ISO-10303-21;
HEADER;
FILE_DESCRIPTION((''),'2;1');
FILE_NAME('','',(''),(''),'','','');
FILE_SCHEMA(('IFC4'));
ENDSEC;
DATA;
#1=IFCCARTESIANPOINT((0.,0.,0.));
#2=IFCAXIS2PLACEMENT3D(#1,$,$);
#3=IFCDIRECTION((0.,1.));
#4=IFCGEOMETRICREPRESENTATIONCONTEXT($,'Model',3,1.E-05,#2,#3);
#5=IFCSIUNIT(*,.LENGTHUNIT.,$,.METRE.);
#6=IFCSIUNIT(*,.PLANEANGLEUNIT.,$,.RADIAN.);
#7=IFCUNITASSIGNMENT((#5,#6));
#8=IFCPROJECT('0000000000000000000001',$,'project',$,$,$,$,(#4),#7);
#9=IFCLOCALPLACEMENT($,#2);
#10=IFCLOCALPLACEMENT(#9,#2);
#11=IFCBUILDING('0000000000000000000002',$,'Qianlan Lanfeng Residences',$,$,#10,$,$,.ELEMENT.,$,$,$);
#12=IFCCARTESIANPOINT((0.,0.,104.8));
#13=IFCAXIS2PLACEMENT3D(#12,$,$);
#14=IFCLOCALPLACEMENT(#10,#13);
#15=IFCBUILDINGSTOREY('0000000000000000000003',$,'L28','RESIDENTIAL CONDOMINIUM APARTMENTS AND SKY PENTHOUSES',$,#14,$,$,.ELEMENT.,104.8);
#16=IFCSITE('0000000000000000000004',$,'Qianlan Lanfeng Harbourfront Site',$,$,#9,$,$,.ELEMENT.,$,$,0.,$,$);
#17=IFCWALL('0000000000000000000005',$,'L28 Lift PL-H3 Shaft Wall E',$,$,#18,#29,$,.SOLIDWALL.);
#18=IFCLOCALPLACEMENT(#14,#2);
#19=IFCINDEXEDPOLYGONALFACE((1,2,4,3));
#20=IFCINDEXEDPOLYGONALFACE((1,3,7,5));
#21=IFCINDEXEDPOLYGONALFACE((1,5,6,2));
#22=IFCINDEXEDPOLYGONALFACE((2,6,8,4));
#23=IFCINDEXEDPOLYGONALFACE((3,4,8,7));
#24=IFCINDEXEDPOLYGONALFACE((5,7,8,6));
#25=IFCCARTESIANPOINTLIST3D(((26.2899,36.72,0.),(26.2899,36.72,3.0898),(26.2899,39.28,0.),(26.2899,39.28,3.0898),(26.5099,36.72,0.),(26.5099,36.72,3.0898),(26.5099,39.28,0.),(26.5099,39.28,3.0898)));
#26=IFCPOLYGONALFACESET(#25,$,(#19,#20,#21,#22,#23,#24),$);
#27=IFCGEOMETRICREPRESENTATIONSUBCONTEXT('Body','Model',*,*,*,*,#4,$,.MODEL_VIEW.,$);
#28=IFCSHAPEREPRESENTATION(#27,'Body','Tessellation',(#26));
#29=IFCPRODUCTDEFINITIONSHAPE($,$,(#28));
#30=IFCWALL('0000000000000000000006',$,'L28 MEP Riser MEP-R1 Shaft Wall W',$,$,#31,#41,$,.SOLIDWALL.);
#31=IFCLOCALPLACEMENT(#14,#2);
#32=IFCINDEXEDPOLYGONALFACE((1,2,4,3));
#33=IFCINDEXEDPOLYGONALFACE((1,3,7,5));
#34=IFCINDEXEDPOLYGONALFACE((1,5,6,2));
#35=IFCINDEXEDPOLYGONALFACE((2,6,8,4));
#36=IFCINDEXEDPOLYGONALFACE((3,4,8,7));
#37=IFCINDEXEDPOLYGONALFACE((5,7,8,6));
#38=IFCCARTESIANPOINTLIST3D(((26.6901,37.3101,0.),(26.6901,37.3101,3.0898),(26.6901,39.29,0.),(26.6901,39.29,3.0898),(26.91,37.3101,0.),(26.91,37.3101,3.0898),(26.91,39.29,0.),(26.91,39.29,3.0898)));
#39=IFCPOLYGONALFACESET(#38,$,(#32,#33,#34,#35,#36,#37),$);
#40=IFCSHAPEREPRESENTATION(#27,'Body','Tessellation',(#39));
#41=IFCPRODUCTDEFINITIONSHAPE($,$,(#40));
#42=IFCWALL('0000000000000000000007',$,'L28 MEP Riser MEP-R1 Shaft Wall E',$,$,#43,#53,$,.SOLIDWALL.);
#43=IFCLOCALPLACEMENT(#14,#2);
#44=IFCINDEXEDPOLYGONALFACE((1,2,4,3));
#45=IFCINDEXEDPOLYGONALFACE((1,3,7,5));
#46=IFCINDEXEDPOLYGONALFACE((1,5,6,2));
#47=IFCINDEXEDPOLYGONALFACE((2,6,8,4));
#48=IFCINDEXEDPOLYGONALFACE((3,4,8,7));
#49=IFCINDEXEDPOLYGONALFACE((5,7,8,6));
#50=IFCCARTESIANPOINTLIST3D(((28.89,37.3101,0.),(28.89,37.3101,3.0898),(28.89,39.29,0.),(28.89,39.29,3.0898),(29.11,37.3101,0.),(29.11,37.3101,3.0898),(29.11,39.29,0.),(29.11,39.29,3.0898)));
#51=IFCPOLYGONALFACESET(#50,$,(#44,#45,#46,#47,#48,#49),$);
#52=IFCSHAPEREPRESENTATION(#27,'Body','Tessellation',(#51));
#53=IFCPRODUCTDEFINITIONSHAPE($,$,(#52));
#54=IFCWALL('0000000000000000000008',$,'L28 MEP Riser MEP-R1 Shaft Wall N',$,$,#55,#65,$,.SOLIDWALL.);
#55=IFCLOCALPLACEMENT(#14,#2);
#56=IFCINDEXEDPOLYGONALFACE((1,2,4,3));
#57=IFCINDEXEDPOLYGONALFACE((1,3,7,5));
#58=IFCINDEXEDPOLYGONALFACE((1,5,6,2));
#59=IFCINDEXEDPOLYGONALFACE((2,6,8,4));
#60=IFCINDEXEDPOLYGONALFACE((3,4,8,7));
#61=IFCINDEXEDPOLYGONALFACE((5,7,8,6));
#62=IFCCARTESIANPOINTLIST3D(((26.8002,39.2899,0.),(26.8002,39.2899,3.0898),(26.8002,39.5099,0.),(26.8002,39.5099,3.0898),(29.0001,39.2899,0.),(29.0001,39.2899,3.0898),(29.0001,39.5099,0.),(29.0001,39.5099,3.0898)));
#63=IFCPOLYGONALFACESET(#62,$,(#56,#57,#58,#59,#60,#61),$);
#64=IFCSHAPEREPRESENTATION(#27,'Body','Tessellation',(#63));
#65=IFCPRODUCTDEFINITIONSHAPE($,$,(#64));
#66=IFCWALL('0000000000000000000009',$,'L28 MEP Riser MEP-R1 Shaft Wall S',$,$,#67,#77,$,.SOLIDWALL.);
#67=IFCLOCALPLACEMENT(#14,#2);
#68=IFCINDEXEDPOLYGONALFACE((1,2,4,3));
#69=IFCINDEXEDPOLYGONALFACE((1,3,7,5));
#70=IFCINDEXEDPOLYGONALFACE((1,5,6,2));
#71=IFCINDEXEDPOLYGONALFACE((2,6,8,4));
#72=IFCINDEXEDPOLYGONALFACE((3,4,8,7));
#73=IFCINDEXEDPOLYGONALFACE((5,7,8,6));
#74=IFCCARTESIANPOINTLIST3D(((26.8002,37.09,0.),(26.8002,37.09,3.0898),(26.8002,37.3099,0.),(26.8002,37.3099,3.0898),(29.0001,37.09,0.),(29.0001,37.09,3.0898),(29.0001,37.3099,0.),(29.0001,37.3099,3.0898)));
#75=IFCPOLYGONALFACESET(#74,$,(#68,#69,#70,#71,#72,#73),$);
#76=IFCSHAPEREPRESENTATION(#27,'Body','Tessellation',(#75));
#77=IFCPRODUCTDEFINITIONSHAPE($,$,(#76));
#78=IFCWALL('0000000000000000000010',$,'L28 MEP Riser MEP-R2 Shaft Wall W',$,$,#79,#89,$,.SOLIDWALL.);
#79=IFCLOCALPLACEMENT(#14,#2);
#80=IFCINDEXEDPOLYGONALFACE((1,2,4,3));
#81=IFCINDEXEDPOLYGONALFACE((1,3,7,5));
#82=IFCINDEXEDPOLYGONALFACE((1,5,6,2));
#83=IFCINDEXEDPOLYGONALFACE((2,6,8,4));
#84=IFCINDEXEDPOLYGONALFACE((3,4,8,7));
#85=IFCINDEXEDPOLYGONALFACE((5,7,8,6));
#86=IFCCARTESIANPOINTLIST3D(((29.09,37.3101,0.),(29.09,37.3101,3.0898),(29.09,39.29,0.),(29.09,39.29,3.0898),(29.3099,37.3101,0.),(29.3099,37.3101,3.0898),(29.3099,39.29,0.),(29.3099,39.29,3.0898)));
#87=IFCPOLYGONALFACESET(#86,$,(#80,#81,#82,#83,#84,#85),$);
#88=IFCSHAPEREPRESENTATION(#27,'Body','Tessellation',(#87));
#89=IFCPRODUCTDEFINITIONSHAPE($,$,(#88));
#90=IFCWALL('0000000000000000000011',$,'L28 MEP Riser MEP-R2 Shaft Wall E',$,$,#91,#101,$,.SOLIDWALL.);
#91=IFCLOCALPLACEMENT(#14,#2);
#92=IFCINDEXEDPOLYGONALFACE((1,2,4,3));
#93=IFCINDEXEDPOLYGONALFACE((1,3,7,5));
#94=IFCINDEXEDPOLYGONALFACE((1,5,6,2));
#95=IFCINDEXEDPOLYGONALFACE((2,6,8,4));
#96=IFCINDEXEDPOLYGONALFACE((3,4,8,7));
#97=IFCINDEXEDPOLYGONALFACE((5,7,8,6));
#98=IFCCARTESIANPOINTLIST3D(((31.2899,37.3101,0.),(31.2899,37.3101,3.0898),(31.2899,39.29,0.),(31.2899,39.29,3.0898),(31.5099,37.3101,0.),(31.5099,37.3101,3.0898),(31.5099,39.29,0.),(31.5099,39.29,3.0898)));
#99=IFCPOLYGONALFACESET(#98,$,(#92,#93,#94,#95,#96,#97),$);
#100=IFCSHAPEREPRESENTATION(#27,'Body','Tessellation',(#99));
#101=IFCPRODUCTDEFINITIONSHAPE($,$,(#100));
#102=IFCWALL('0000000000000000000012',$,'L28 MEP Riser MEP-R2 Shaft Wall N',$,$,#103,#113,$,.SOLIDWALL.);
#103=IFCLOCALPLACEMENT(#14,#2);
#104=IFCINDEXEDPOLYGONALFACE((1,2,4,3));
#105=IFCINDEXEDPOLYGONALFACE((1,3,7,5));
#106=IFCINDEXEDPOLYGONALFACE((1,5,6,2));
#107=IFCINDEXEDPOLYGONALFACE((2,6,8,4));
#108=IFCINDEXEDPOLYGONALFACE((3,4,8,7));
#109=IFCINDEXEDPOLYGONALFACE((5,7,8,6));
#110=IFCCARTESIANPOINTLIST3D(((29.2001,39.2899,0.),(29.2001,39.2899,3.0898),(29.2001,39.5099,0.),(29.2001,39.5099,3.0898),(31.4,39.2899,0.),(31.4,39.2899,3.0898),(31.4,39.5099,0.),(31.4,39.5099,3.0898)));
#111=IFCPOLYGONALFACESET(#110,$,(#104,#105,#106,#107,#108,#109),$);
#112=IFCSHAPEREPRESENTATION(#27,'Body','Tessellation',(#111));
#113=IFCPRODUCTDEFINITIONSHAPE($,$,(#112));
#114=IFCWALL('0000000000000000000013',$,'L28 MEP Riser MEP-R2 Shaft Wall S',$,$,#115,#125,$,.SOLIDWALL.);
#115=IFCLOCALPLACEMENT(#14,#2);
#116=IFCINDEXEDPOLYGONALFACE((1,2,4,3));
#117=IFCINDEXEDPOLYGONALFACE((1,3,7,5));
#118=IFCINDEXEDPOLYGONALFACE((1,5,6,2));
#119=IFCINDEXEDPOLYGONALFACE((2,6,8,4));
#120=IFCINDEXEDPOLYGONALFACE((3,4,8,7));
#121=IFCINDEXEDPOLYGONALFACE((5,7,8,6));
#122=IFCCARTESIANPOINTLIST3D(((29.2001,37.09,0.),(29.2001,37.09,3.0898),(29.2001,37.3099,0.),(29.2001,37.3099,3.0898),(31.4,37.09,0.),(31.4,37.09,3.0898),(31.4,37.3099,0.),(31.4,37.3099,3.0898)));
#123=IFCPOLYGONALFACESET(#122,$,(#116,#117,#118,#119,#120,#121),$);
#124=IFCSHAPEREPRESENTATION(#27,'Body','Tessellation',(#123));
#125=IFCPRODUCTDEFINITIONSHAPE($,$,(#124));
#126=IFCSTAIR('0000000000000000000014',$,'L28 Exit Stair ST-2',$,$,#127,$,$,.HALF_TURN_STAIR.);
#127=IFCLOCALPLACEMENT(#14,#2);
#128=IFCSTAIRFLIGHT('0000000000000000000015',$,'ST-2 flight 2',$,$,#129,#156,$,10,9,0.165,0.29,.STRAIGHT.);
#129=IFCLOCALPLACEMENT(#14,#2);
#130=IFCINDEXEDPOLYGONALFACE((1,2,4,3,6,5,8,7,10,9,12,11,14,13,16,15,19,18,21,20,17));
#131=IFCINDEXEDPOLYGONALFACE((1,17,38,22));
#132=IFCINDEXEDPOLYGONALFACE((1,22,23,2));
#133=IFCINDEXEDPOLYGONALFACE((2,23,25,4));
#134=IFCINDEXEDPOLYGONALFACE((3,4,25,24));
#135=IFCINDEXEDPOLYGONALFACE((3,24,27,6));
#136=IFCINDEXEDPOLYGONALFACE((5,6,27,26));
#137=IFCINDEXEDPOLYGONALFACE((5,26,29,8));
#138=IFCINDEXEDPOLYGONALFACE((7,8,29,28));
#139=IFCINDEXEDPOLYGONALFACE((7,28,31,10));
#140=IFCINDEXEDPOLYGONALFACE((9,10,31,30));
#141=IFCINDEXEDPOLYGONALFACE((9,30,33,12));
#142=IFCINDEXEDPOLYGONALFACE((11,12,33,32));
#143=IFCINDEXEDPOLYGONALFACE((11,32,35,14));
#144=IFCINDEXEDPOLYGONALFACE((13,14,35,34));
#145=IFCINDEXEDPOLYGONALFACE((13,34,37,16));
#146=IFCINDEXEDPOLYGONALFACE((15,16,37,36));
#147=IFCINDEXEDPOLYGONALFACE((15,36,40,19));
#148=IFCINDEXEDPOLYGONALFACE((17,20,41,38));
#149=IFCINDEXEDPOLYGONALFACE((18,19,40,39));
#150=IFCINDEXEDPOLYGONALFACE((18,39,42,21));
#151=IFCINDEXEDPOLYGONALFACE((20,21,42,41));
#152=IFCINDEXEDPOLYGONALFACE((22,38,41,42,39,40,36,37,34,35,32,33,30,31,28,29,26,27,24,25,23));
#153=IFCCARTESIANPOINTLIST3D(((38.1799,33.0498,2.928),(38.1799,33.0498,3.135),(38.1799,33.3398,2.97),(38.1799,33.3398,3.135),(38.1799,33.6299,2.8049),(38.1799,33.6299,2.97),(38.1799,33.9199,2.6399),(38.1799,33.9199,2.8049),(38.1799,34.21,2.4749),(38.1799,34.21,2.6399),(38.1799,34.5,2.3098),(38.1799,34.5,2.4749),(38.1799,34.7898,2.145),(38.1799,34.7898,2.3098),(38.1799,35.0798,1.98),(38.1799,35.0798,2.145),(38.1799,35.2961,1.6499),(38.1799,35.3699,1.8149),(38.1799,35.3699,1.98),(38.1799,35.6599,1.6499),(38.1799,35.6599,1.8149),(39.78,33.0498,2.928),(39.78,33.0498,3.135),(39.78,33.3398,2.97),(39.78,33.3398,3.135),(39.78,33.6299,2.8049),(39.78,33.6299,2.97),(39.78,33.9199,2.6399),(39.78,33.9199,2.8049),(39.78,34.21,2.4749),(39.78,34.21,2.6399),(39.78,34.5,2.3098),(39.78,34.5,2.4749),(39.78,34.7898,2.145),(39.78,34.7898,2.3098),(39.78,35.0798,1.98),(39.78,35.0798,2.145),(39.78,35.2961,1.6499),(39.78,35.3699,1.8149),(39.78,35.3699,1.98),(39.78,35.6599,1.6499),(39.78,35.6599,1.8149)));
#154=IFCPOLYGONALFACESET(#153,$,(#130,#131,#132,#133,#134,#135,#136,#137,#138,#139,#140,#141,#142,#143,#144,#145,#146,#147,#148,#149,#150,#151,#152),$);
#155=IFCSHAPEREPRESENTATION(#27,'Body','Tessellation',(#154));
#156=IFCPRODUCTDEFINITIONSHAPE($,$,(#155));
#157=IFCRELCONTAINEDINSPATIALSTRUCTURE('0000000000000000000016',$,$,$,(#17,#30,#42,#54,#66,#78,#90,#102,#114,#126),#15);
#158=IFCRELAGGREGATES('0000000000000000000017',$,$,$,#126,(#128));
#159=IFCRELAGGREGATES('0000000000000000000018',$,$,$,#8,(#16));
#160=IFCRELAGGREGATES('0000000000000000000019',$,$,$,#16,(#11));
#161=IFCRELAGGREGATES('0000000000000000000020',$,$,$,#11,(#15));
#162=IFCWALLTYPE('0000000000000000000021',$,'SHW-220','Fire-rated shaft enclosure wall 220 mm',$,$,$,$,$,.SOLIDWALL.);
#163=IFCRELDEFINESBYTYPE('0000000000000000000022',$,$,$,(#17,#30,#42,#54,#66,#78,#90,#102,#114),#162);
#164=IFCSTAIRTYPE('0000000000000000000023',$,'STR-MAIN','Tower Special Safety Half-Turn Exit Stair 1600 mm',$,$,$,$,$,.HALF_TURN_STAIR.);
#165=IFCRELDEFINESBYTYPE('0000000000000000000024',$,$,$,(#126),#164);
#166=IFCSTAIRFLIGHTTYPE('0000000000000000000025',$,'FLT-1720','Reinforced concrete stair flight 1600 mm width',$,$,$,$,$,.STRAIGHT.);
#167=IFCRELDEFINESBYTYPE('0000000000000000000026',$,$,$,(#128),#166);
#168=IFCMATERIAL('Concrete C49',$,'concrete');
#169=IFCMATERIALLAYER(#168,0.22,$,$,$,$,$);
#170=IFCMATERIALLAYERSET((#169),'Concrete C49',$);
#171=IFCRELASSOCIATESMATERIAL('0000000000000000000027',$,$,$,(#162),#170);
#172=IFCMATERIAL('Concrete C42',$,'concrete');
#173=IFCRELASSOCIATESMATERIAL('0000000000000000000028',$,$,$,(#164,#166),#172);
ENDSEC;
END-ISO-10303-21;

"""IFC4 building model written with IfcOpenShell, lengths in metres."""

from ifc_helpers import new_model, si_unit, direction, frame, frame_2d, origin, place, context, subcontext, project, spatial, polyline, rectangle, outline, extrude, material, layer, layer_set, type_object, element, aggregate, save


model = new_model("IFC4")

# Units and contexts
model_context = context("Model", 3, precision=1e-05, world=origin(), true_north=direction((0.0, 1.0)))
body_context = subcontext(model_context, "Body", "Model", "MODEL_VIEW")
ifc_project = project(units=[si_unit("LENGTHUNIT", "METRE"), si_unit("PLANEANGLEUNIT", "RADIAN")], contexts=[model_context])

# Site, building, storey
site_placement = place(None, origin())
site = spatial("IfcSite", under=ifc_project, at=site_placement, Name="Qianlan Lanfeng Harbourfront Site", CompositionType="ELEMENT", RefElevation=0.0)
building_placement = place(site_placement, origin())
building = spatial("IfcBuilding", under=site, at=building_placement, Name="Qianlan Lanfeng Residences", CompositionType="ELEMENT")
storey_placement = place(building_placement, frame((0.0, 0.0, 104.8)))
storey = spatial("IfcBuildingStorey", under=building, at=storey_placement, Name="L28", Description="RESIDENTIAL CONDOMINIUM APARTMENTS AND SKY PENTHOUSES", CompositionType="ELEMENT", Elevation=104.8)

# Walls
ifc_material_1 = material(Name="Concrete C49", Category="concrete")
ifc_layer_1 = layer(ifc_material_1, 0.22)
ifc_layer_set_1 = layer_set([ifc_layer_1], Name="Concrete C49")
wall_type_1 = type_object("IfcWallType", Name="SHW-220", Description="Fire-rated shaft enclosure wall 220 mm", PredefinedType="SOLIDWALL", material=ifc_layer_set_1)
for number, where, z_axis, x_axis, name in (
    (1, (26.3999, 36.72, 0.0), (0.0, 0.0, 1.0), (0.0, 1.0, 0.0), "L28 Lift PL-H3 Shaft Wall E"),
):
    element("IfcWall", number, at=place(storey_placement, frame(where, z_axis=z_axis, x_axis=x_axis)), inside=storey, type_object=wall_type_1, Name=name, PredefinedType="SOLIDWALL", context=body_context, shape_type="SweptSolid", body=[
        extrude(rectangle(XDim=2.5601, YDim=0.22, at=frame_2d((1.28, 0.0))), origin(), (0.0, 0.0, 1.0), 3.0898),
    ])
for number, where, z_axis, x_axis, name in (
    (2, (26.8, 37.3101, 0.0), (0.0, 0.0, 1.0), (0.0, 1.0, 0.0), "L28 MEP Riser MEP-R1 Shaft Wall W"),
    (3, (29.0, 37.3101, 0.0), (0.0, 0.0, 1.0), (0.0, 1.0, 0.0), "L28 MEP Riser MEP-R1 Shaft Wall E"),
):
    element("IfcWall", number, at=place(storey_placement, frame(where, z_axis=z_axis, x_axis=x_axis)), inside=storey, type_object=wall_type_1, Name=name, PredefinedType="SOLIDWALL", context=body_context, shape_type="SweptSolid", body=[
        extrude(rectangle(XDim=1.98, YDim=0.22, at=frame_2d((0.99, 0.0))), origin(), (0.0, 0.0, 1.0), 3.0898),
    ])
for number, where, z_axis, x_axis, name in (
    (4, (26.8, 39.3999, 0.0), (0.0, 0.0, 1.0), (1.0, 0.0, 0.0), "L28 MEP Riser MEP-R1 Shaft Wall N"),
    (5, (26.8, 37.2, 0.0), (0.0, 0.0, 1.0), (1.0, 0.0, 0.0), "L28 MEP Riser MEP-R1 Shaft Wall S"),
):
    element("IfcWall", number, at=place(storey_placement, frame(where, z_axis=z_axis, x_axis=x_axis)), inside=storey, type_object=wall_type_1, Name=name, PredefinedType="SOLIDWALL", context=body_context, shape_type="SweptSolid", body=[
        extrude(rectangle(XDim=2.2, YDim=0.22, at=frame_2d((1.1001, 0.0))), origin(), (0.0, 0.0, 1.0), 3.0898),
    ])
for number, where, z_axis, x_axis, name in (
    (6, (29.2, 37.3101, 0.0), (0.0, 0.0, 1.0), (0.0, 1.0, 0.0), "L28 MEP Riser MEP-R2 Shaft Wall W"),
    (7, (31.3999, 37.3101, 0.0), (0.0, 0.0, 1.0), (0.0, 1.0, 0.0), "L28 MEP Riser MEP-R2 Shaft Wall E"),
):
    element("IfcWall", number, at=place(storey_placement, frame(where, z_axis=z_axis, x_axis=x_axis)), inside=storey, type_object=wall_type_1, Name=name, PredefinedType="SOLIDWALL", context=body_context, shape_type="SweptSolid", body=[
        extrude(rectangle(XDim=1.98, YDim=0.22, at=frame_2d((0.99, 0.0))), origin(), (0.0, 0.0, 1.0), 3.0898),
    ])
for number, where, z_axis, x_axis, name in (
    (8, (29.2, 39.3999, 0.0), (0.0, 0.0, 1.0), (1.0, 0.0, 0.0), "L28 MEP Riser MEP-R2 Shaft Wall N"),
    (9, (29.2, 37.2, 0.0), (0.0, 0.0, 1.0), (1.0, 0.0, 0.0), "L28 MEP Riser MEP-R2 Shaft Wall S"),
):
    element("IfcWall", number, at=place(storey_placement, frame(where, z_axis=z_axis, x_axis=x_axis)), inside=storey, type_object=wall_type_1, Name=name, PredefinedType="SOLIDWALL", context=body_context, shape_type="SweptSolid", body=[
        extrude(rectangle(XDim=2.2, YDim=0.22, at=frame_2d((1.1001, 0.0))), origin(), (0.0, 0.0, 1.0), 3.0898),
    ])

# Stair, stair flight
ifc_material_2 = material(Name="Concrete C42", Category="concrete")
stair_type = type_object("IfcStairType", Name="STR-MAIN", Description="Tower Special Safety Half-Turn Exit Stair 1600 mm", PredefinedType="HALF_TURN_STAIR", material=ifc_material_2)
stair_placement = place(storey_placement, origin())
stair = element("IfcStair", 10, at=stair_placement, inside=storey, type_object=stair_type, Name="L28 Exit Stair ST-2", PredefinedType="HALF_TURN_STAIR")
stair_flight_type = type_object("IfcStairFlightType", Name="FLT-1720", Description="Reinforced concrete stair flight 1600 mm width", PredefinedType="STRAIGHT", material=ifc_material_2)
stair_flight_placement = place(storey_placement, frame((38.98, 35.6599, 1.6499), z_axis=(0.0, 0.0, 1.0), x_axis=(0.0, -1.0, 0.0)))
stair_flight = element("IfcStairFlight", 11, at=stair_flight_placement, type_object=stair_flight_type, Name="ST-2 flight 2", NumberOfRisers=10, NumberOfTreads=9, PredefinedType="STRAIGHT", RiserHeight=0.165, TreadLength=0.29, context=body_context, shape_type="SweptSolid", body=[
    extrude(outline(polyline([(0.0, 0.0), (0.0, 0.165), (0.29, 0.165), (0.29, 0.3301), (0.5801, 0.3301), (0.5801, 0.4951), (0.8701, 0.4951), (0.8701, 0.6599), (1.1599, 0.6599), (1.1599, 0.825), (1.45, 0.825), (1.45, 0.99), (1.74, 0.99), (1.74, 1.155), (2.03, 1.155), (2.03, 1.3201), (2.3201, 1.3201), (2.3201, 1.4851), (2.6101, 1.4851), (2.6101, 1.6499), (2.6101, 1.2781), (0.3638, 0.0), (0.0, 0.0)])), frame((0.0, 0.8, 0.0), z_axis=(0.0, -1.0, 0.0), x_axis=(1.0, 0.0, 0.0)), (0.0, 0.0, 1.0), 1.6001),
])
aggregate(stair, [stair_flight])

save(model, "model.ifc")
